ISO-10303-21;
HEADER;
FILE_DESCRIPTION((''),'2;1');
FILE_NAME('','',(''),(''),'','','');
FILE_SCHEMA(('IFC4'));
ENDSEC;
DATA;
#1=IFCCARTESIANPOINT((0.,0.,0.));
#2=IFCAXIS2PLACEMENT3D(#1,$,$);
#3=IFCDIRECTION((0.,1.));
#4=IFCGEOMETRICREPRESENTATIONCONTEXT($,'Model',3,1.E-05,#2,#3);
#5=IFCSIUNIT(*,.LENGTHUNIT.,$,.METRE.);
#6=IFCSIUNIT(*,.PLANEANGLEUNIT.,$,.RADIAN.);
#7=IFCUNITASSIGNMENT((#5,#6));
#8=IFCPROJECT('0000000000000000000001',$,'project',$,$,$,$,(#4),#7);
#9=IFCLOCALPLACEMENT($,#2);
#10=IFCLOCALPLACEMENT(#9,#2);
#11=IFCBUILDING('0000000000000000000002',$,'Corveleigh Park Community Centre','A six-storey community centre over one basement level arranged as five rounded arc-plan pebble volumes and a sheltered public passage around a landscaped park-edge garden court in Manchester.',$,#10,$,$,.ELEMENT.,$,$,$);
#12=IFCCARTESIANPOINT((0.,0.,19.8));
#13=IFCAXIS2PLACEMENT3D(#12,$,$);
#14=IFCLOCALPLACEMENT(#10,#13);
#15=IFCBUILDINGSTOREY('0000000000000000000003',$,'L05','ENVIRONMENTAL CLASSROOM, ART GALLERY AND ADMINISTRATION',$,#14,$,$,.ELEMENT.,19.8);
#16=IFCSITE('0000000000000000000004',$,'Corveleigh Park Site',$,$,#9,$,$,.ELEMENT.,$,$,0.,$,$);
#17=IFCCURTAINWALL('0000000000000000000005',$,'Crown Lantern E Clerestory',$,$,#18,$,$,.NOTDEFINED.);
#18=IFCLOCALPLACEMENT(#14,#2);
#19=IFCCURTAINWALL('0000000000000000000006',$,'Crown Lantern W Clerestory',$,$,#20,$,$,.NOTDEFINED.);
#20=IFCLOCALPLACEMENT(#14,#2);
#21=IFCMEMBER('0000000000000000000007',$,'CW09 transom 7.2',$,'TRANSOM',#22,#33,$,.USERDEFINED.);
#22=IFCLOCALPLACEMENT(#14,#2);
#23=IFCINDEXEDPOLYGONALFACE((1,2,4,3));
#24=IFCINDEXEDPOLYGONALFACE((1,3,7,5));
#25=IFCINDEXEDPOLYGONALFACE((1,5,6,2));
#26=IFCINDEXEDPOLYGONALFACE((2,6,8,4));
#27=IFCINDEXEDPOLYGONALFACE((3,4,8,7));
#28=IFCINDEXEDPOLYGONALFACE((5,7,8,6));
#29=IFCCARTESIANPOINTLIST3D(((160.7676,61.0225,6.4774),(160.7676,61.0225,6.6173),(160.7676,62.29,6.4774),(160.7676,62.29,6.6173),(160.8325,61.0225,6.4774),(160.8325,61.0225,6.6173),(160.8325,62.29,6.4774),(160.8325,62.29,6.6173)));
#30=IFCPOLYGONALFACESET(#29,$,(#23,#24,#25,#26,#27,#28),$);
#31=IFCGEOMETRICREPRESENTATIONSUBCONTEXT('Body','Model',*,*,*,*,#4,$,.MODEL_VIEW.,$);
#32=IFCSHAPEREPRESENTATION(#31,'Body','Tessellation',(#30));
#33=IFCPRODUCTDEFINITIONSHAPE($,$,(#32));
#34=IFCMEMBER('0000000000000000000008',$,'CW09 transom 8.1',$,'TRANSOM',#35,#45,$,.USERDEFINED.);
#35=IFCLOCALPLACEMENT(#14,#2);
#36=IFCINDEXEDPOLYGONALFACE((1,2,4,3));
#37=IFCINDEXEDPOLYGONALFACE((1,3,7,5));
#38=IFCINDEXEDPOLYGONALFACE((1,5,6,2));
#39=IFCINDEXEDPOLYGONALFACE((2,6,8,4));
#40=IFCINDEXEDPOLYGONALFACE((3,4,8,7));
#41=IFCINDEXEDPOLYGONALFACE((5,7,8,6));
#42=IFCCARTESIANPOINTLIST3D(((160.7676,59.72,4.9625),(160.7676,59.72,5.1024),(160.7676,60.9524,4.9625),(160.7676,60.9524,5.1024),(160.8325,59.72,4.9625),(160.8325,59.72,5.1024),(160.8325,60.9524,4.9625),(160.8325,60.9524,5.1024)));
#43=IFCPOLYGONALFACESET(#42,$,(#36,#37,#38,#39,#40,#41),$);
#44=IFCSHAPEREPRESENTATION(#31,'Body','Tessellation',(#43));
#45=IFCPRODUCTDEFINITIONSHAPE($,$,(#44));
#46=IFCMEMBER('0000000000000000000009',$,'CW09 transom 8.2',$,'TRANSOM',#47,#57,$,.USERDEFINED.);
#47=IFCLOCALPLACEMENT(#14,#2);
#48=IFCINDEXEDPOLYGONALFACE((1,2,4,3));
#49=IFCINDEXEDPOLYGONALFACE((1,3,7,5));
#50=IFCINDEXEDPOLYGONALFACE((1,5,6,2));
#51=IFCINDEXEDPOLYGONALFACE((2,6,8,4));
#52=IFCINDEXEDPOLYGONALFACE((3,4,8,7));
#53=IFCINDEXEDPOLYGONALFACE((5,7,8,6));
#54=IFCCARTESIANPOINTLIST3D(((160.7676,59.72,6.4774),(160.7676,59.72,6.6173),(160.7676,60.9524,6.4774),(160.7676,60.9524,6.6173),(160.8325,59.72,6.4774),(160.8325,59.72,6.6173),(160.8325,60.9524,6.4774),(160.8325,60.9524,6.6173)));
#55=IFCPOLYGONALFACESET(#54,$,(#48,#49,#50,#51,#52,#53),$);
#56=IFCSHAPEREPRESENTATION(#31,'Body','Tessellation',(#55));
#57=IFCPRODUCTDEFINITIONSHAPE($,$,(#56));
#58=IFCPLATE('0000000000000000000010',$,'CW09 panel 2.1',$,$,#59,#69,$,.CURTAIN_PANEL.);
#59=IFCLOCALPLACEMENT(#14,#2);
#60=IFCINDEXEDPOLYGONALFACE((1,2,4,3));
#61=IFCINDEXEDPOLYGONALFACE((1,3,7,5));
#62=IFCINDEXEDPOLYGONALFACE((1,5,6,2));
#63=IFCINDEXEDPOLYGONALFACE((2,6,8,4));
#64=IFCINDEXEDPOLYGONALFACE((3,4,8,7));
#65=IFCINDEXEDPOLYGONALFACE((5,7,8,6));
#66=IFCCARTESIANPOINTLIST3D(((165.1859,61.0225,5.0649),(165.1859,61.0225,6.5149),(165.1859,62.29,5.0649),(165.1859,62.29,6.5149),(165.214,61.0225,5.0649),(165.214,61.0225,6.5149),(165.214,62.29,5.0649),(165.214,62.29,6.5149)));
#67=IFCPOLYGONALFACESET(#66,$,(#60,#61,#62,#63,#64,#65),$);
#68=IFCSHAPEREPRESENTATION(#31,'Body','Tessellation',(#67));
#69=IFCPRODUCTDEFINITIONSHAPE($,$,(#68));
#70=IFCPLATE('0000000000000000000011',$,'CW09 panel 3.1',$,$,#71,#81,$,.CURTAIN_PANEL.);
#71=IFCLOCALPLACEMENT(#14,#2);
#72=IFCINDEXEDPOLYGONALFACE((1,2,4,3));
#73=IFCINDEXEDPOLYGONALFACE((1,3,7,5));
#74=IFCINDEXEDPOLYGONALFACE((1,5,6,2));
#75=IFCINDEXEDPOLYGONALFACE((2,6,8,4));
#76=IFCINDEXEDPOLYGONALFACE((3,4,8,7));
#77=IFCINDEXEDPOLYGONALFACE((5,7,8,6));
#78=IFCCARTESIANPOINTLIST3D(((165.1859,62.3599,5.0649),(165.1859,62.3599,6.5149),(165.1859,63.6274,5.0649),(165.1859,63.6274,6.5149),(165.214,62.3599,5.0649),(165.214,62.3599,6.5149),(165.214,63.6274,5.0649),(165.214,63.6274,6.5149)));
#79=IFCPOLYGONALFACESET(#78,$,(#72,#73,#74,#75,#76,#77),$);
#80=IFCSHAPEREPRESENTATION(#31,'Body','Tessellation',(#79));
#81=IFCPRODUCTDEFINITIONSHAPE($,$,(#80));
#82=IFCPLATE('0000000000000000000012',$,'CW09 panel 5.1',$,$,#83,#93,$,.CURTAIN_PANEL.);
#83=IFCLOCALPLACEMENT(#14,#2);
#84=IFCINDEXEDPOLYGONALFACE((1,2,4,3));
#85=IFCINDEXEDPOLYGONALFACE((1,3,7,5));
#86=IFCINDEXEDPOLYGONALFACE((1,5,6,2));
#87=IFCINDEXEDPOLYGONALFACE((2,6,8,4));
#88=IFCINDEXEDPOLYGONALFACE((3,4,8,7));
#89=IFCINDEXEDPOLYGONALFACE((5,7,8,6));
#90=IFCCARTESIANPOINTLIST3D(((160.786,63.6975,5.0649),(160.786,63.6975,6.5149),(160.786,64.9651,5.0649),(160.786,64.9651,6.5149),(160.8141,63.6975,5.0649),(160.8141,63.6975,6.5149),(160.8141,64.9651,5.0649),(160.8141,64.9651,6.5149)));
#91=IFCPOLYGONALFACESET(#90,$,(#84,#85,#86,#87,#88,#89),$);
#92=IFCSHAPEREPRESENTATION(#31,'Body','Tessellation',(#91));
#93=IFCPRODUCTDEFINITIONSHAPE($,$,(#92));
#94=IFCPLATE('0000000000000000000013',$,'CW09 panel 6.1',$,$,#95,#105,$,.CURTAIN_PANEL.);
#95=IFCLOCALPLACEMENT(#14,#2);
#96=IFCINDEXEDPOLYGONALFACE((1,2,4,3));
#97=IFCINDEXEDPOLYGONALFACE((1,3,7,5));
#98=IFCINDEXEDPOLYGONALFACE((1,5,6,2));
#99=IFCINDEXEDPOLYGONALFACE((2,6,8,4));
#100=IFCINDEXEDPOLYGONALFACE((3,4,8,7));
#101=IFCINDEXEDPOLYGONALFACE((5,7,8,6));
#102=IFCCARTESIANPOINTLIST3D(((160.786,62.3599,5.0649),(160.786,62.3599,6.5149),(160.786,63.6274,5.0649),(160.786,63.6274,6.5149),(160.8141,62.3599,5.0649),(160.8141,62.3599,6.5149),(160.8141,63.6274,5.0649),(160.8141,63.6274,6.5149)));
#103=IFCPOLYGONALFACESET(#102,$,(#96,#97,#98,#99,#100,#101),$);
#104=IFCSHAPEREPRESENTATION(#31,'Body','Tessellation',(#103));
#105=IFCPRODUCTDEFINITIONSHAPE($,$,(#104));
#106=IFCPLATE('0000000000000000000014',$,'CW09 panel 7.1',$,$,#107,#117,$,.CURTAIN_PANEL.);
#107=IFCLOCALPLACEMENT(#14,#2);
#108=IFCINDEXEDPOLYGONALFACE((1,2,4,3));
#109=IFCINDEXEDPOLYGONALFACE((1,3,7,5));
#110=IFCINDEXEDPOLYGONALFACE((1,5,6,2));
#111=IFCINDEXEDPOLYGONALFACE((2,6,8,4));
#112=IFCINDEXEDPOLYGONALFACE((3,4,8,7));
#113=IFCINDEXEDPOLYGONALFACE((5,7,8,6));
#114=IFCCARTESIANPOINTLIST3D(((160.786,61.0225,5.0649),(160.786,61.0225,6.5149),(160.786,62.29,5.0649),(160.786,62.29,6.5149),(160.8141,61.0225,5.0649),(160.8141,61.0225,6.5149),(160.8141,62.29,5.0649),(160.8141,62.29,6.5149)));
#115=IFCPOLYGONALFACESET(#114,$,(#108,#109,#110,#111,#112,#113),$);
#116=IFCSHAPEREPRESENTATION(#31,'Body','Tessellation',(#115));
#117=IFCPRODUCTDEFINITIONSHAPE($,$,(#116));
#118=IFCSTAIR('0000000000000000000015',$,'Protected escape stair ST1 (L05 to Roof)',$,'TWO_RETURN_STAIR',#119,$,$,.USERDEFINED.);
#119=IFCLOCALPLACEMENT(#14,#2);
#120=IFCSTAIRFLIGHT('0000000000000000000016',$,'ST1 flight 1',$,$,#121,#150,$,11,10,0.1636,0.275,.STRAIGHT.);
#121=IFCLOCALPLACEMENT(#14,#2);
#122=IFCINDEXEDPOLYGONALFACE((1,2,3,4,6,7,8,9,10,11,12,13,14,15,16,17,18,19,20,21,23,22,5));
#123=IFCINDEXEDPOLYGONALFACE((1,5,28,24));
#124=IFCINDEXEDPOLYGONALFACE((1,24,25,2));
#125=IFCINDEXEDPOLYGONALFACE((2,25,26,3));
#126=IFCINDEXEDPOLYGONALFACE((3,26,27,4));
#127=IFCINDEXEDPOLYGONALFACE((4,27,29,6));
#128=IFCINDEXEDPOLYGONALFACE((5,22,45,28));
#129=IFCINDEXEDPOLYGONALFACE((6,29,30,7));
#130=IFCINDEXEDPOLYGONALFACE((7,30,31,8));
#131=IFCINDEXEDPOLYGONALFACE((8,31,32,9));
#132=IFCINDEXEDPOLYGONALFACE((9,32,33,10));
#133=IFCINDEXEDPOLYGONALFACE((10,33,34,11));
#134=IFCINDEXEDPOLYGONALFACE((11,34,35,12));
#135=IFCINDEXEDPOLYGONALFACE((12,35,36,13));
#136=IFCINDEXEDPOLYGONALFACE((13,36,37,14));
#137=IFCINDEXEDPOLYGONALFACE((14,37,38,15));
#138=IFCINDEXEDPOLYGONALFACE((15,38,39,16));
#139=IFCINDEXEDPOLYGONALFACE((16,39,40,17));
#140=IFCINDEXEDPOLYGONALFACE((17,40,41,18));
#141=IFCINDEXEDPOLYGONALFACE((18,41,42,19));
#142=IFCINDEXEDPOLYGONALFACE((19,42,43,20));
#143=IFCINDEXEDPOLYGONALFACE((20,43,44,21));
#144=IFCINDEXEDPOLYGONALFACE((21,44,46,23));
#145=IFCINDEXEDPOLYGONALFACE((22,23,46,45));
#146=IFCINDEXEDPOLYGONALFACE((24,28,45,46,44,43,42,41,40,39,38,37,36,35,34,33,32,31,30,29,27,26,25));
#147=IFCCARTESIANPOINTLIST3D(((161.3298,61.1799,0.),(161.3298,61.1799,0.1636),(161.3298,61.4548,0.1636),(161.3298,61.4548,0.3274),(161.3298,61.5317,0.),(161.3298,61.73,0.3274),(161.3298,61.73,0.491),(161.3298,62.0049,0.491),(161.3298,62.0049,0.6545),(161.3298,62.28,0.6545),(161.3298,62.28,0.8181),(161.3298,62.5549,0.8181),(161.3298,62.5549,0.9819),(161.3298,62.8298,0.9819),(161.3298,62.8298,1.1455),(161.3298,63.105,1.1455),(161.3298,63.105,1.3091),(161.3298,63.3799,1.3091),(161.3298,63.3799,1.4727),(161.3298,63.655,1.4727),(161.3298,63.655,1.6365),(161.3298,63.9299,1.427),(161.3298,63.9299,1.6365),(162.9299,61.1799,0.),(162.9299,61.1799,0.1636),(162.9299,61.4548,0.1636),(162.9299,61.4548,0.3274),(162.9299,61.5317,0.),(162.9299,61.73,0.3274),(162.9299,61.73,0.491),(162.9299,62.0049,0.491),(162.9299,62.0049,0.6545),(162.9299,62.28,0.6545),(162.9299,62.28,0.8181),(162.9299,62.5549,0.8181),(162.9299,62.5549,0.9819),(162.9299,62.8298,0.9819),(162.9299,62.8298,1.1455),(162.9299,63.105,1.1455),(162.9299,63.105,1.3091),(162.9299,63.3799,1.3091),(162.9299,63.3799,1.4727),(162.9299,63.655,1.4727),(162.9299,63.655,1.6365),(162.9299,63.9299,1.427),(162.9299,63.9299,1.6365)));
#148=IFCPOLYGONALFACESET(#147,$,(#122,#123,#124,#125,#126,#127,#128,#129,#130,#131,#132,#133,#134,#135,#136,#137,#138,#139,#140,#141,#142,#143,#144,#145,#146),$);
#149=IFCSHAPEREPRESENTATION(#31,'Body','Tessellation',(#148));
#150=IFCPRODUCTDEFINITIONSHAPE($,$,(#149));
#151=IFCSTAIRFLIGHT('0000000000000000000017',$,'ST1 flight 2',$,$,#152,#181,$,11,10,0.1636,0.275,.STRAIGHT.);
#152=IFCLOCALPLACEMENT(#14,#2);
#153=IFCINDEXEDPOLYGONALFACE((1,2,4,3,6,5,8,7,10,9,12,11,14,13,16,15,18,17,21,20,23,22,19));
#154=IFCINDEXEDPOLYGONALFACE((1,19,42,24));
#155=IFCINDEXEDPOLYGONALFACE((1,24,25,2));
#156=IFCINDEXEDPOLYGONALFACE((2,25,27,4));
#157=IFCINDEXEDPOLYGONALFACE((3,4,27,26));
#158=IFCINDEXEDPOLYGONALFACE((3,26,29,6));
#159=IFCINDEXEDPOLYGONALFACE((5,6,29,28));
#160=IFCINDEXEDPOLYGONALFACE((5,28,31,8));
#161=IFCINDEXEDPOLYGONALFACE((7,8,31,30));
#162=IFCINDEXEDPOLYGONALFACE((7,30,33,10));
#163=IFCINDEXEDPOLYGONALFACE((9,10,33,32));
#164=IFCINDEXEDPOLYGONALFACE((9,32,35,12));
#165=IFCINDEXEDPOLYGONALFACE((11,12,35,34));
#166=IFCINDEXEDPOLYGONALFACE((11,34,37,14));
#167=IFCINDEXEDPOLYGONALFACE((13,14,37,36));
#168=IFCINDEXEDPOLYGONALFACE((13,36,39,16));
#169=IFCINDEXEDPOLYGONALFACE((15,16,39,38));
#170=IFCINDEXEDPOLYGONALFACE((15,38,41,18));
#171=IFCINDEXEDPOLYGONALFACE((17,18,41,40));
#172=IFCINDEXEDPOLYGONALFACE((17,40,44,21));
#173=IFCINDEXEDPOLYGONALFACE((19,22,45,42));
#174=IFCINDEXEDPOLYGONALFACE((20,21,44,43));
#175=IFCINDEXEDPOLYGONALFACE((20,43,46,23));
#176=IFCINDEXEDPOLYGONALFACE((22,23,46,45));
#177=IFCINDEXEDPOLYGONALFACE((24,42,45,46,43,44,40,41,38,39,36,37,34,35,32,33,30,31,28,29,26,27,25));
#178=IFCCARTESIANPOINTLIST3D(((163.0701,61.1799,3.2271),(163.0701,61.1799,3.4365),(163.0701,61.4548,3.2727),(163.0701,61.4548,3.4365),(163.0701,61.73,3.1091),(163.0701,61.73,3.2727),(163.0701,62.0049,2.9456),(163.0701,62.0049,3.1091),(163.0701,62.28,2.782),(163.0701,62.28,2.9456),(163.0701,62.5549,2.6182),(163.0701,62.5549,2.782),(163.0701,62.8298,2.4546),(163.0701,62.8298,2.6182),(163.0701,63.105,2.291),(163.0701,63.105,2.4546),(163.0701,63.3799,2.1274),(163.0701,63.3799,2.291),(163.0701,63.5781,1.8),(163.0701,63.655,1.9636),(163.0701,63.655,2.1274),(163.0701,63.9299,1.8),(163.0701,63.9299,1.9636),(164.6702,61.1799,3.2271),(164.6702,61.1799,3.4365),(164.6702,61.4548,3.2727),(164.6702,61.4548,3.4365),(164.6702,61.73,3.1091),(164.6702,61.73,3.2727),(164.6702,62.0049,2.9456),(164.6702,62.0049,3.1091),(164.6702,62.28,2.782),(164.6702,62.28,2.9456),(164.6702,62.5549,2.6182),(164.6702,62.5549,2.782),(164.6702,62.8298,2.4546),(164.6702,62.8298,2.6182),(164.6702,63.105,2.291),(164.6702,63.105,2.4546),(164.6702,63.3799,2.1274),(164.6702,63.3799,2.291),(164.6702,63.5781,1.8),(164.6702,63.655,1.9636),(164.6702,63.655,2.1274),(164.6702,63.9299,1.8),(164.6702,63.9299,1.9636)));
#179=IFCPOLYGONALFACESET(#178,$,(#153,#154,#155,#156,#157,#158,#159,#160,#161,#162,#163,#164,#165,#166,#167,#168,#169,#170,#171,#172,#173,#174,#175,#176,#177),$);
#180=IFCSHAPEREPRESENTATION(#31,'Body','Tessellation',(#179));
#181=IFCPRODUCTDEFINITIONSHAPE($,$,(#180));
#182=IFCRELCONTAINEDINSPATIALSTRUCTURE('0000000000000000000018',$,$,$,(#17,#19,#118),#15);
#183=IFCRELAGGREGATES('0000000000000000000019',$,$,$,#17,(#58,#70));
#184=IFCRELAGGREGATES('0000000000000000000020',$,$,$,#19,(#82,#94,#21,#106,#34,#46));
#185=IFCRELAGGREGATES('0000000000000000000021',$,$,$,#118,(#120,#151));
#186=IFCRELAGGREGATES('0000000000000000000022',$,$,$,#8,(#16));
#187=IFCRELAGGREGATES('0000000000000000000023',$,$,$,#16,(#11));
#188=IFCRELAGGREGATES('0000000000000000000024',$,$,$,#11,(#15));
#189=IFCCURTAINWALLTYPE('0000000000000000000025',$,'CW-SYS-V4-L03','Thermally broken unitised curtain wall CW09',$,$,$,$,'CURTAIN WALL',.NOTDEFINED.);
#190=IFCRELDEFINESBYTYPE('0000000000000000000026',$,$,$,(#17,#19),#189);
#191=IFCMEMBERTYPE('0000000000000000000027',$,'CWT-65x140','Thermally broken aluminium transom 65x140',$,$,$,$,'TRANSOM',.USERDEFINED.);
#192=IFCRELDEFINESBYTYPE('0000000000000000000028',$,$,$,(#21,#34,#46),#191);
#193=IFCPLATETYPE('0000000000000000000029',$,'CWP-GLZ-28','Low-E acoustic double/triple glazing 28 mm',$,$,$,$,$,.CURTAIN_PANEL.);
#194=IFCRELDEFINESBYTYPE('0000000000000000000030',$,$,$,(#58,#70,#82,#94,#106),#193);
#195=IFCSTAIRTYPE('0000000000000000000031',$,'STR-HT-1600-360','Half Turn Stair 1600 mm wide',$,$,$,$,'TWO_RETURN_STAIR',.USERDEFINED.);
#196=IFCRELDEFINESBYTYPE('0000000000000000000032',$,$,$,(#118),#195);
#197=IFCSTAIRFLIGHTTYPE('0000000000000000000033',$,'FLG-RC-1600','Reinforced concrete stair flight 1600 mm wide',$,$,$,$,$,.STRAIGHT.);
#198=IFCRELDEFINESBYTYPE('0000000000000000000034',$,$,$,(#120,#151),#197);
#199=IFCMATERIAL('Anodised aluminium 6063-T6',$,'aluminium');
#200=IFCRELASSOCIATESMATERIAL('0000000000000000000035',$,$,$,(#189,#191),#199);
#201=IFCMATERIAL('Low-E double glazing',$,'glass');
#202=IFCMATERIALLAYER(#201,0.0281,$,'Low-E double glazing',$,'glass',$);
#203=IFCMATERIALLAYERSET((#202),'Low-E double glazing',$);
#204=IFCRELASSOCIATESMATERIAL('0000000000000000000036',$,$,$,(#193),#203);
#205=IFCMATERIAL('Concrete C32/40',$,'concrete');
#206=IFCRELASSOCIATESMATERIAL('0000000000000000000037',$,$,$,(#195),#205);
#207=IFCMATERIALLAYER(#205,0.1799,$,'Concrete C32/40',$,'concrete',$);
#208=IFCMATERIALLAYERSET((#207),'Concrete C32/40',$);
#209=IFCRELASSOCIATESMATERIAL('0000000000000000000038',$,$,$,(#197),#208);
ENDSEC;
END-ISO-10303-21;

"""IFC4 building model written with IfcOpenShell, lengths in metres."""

from ifc_helpers import new_model, si_unit, direction, frame, origin, origin_2d, place, context, subcontext, project, spatial, polyline, rectangle, outline, extrude, material, layer, layer_set, material_profile, profile_set, type_object, element, aggregate, save


model = new_model("IFC4")

# Units and contexts
model_context = context("Model", 3, precision=1e-05, world=origin(), true_north=direction((0.0, 1.0)))
body_context = subcontext(model_context, "Body", "Model", "MODEL_VIEW")
ifc_project = project(units=[si_unit("LENGTHUNIT", "METRE"), si_unit("PLANEANGLEUNIT", "RADIAN")], contexts=[model_context])

# Site, building, storey
site_placement = place(None, origin())
site = spatial("IfcSite", under=ifc_project, at=site_placement, Name="Corveleigh Park Site", CompositionType="ELEMENT", RefElevation=0.0)
building_placement = place(site_placement, origin())
building = spatial("IfcBuilding", under=site, at=building_placement, Name="Corveleigh Park Community Centre", Description="A six-storey community centre over one basement level arranged as five rounded arc-plan pebble volumes and a sheltered public passage around a landscaped park-edge garden court in Manchester.", CompositionType="ELEMENT")
storey_placement = place(building_placement, frame((0.0, 0.0, 19.8)))
storey = spatial("IfcBuildingStorey", under=building, at=storey_placement, Name="L05", Description="ENVIRONMENTAL CLASSROOM, ART GALLERY AND ADMINISTRATION", CompositionType="ELEMENT", Elevation=19.8)

# Curtain walls
ifc_material_1 = material(Name="Anodised aluminium 6063-T6", Category="aluminium")
curtain_wall_type = type_object("IfcCurtainWallType", Name="CW-SYS-V4-L03", Description="Thermally broken unitised curtain wall CW09", ElementType="CURTAIN WALL", PredefinedType="NOTDEFINED", material=ifc_material_1)
curtain_wall_1_placement = place(storey_placement, origin())
curtain_wall_1 = element("IfcCurtainWall", 1, at=curtain_wall_1_placement, inside=storey, type_object=curtain_wall_type, Name="Crown Lantern E Clerestory", PredefinedType="NOTDEFINED")
curtain_wall_2_placement = place(storey_placement, origin())
curtain_wall_2 = element("IfcCurtainWall", 2, at=curtain_wall_2_placement, inside=storey, type_object=curtain_wall_type, Name="Crown Lantern W Clerestory", PredefinedType="NOTDEFINED")

# Members
ifc_material_profile_1 = material_profile(ifc_material_1, rectangle(XDim=0.0649, YDim=0.1399, at=origin_2d()), Name="ALU-T65x140", Category="aluminium")
ifc_profile_set_1 = profile_set([ifc_material_profile_1], Name="Anodised aluminium 6063-T6")
member_type_1 = type_object("IfcMemberType", Name="CWT-65x140", Description="Thermally broken aluminium transom 65x140", ElementType="TRANSOM", PredefinedType="USERDEFINED", material=ifc_profile_set_1)
member_1_placement = place(storey_placement, frame((160.8, 62.29, 6.5474), z_axis=(0.0, -1.0, 0.0), x_axis=(1.0, 0.0, 0.0)))
member_1 = element("IfcMember", 3, at=member_1_placement, type_object=member_type_1, Name="CW09 transom 7.2", ObjectType="TRANSOM", PredefinedType="USERDEFINED", context=body_context, shape_type="SweptSolid", body=[
    extrude(rectangle(XDim=0.0649, YDim=0.1399, at=origin_2d()), origin(), (0.0, 0.0, 1.0), 1.2676),
])
member_2_placement = place(storey_placement, frame((160.8, 60.9524, 5.0325), z_axis=(0.0, -1.0, 0.0), x_axis=(1.0, 0.0, 0.0)))
member_2 = element("IfcMember", 4, at=member_2_placement, type_object=member_type_1, Name="CW09 transom 8.1", ObjectType="TRANSOM", PredefinedType="USERDEFINED", context=body_context, shape_type="SweptSolid", body=[
    extrude(rectangle(XDim=0.0649, YDim=0.1399, at=origin_2d()), origin(), (0.0, 0.0, 1.0), 1.2324),
])
member_3_placement = place(storey_placement, frame((160.8, 60.9524, 6.5474), z_axis=(0.0, -1.0, 0.0), x_axis=(1.0, 0.0, 0.0)))
member_3 = element("IfcMember", 5, at=member_3_placement, type_object=member_type_1, Name="CW09 transom 8.2", ObjectType="TRANSOM", PredefinedType="USERDEFINED", context=body_context, shape_type="SweptSolid", body=[
    extrude(rectangle(XDim=0.0649, YDim=0.1399, at=origin_2d()), origin(), (0.0, 0.0, 1.0), 1.2324),
])

# Plates
ifc_material_2 = material(Name="Low-E double glazing", Category="glass")
ifc_layer_1 = layer(ifc_material_2, 0.0281, Name="Low-E double glazing", Category="glass")
ifc_layer_set_1 = layer_set([ifc_layer_1], Name="Low-E double glazing")
plate_type = type_object("IfcPlateType", Name="CWP-GLZ-28", Description="Low-E acoustic double/triple glazing 28 mm", PredefinedType="CURTAIN_PANEL", material=ifc_layer_set_1)
plate_1_placement = place(storey_placement, frame((165.2, 61.6562, 5.0649), z_axis=(0.0, 0.0, 1.0), x_axis=(0.0, 1.0, 0.0)))
plate_1 = element("IfcPlate", 6, at=plate_1_placement, type_object=plate_type, Name="CW09 panel 2.1", PredefinedType="CURTAIN_PANEL", context=body_context, shape_type="SweptSolid", body=[
    extrude(rectangle(XDim=1.2676, YDim=0.0281, at=origin_2d()), origin(), (0.0, 0.0, 1.0), 1.45),
])
plate_2_placement = place(storey_placement, frame((165.2, 62.9937, 5.0649), z_axis=(0.0, 0.0, 1.0), x_axis=(0.0, 1.0, 0.0)))
plate_2 = element("IfcPlate", 7, at=plate_2_placement, type_object=plate_type, Name="CW09 panel 3.1", PredefinedType="CURTAIN_PANEL", context=body_context, shape_type="SweptSolid", body=[
    extrude(rectangle(XDim=1.2676, YDim=0.0281, at=origin_2d()), origin(), (0.0, 0.0, 1.0), 1.45),
])
aggregate(curtain_wall_1, [plate_1, plate_2])
plate_3_placement = place(storey_placement, frame((160.8, 64.3313, 5.0649), z_axis=(0.0, 0.0, 1.0), x_axis=(0.0, -1.0, 0.0)))
plate_3 = element("IfcPlate", 8, at=plate_3_placement, type_object=plate_type, Name="CW09 panel 5.1", PredefinedType="CURTAIN_PANEL", context=body_context, shape_type="SweptSolid", body=[
    extrude(rectangle(XDim=1.2676, YDim=0.0281, at=origin_2d()), origin(), (0.0, 0.0, 1.0), 1.45),
])
plate_4_placement = place(storey_placement, frame((160.8, 62.9937, 5.0649), z_axis=(0.0, 0.0, 1.0), x_axis=(0.0, -1.0, 0.0)))
plate_4 = element("IfcPlate", 9, at=plate_4_placement, type_object=plate_type, Name="CW09 panel 6.1", PredefinedType="CURTAIN_PANEL", context=body_context, shape_type="SweptSolid", body=[
    extrude(rectangle(XDim=1.2676, YDim=0.0281, at=origin_2d()), origin(), (0.0, 0.0, 1.0), 1.45),
])
plate_5_placement = place(storey_placement, frame((160.8, 61.6562, 5.0649), z_axis=(0.0, 0.0, 1.0), x_axis=(0.0, -1.0, 0.0)))
plate_5 = element("IfcPlate", 10, at=plate_5_placement, type_object=plate_type, Name="CW09 panel 7.1", PredefinedType="CURTAIN_PANEL", context=body_context, shape_type="SweptSolid", body=[
    extrude(rectangle(XDim=1.2676, YDim=0.0281, at=origin_2d()), origin(), (0.0, 0.0, 1.0), 1.45),
])
aggregate(curtain_wall_2, [plate_3, plate_4, member_1, plate_5, member_2, member_3])

# Stair, stair flights
ifc_material_3 = material(Name="Concrete C32/40", Category="concrete")
stair_type = type_object("IfcStairType", Name="STR-HT-1600-360", Description="Half Turn Stair 1600 mm wide", ElementType="TWO_RETURN_STAIR", PredefinedType="USERDEFINED", material=ifc_material_3)
stair_placement = place(storey_placement, origin())
stair = element("IfcStair", 11, at=stair_placement, inside=storey, type_object=stair_type, Name="Protected escape stair ST1 (L05 to Roof)", ObjectType="TWO_RETURN_STAIR", PredefinedType="USERDEFINED")
ifc_layer_2 = layer(ifc_material_3, 0.1799, Name="Concrete C32/40", Category="concrete")
ifc_layer_set_2 = layer_set([ifc_layer_2], Name="Concrete C32/40")
stair_flight_type = type_object("IfcStairFlightType", Name="FLG-RC-1600", Description="Reinforced concrete stair flight 1600 mm wide", PredefinedType="STRAIGHT", material=ifc_layer_set_2)
stair_flight_1_placement = place(storey_placement, frame((162.1299, 61.1799, 0.0), z_axis=(0.0, 0.0, 1.0), x_axis=(0.0, 1.0, 0.0)))
stair_flight_1 = element("IfcStairFlight", 12, at=stair_flight_1_placement, type_object=stair_flight_type, Name="ST1 flight 1", NumberOfRisers=11, NumberOfTreads=10, PredefinedType="STRAIGHT", RiserHeight=0.1636, TreadLength=0.275, context=body_context, shape_type="SweptSolid", body=[
    extrude(outline(polyline([(0.0, 0.0), (0.0, 0.1636), (0.2749, 0.1636), (0.2749, 0.3274), (0.55, 0.3274), (0.55, 0.491), (0.825, 0.491), (0.825, 0.6545), (1.1001, 0.6545), (1.1001, 0.8181), (1.375, 0.8181), (1.375, 0.9819), (1.6499, 0.9819), (1.6499, 1.1455), (1.925, 1.1455), (1.925, 1.3091), (2.2, 1.3091), (2.2, 1.4727), (2.4751, 1.4727), (2.4751, 1.6365), (2.75, 1.6365), (2.75, 1.8), (2.75, 1.427), (0.3518, 0.0), (0.0, 0.0)])), frame((0.0, 0.8, 0.0), z_axis=(0.0, -1.0, 0.0), x_axis=(1.0, 0.0, 0.0)), (0.0, 0.0, 1.0), 1.6001),
])
stair_flight_2_placement = place(storey_placement, frame((163.8701, 63.9299, 1.8), z_axis=(0.0, 0.0, 1.0), x_axis=(0.0, -1.0, 0.0)))
stair_flight_2 = element("IfcStairFlight", 13, at=stair_flight_2_placement, type_object=stair_flight_type, Name="ST1 flight 2", NumberOfRisers=11, NumberOfTreads=10, PredefinedType="STRAIGHT", RiserHeight=0.1636, TreadLength=0.275, context=body_context, shape_type="SweptSolid", body=[
    extrude(outline(polyline([(0.0, 0.0), (0.0, 0.1636), (0.2749, 0.1636), (0.2749, 0.3274), (0.55, 0.3274), (0.55, 0.491), (0.825, 0.491), (0.825, 0.6545), (1.1001, 0.6545), (1.1001, 0.8181), (1.375, 0.8181), (1.375, 0.9819), (1.6499, 0.9819), (1.6499, 1.1455), (1.925, 1.1455), (1.925, 1.3091), (2.2, 1.3091), (2.2, 1.4727), (2.4751, 1.4727), (2.4751, 1.6365), (2.75, 1.6365), (2.75, 1.8), (2.75, 1.427), (0.3518, 0.0), (0.0, 0.0)])), frame((0.0, 0.8, 0.0), z_axis=(0.0, -1.0, 0.0), x_axis=(1.0, 0.0, 0.0)), (0.0, 0.0, 1.0), 1.6001),
])
aggregate(stair, [stair_flight_1, stair_flight_2])

save(model, "model.ifc")
